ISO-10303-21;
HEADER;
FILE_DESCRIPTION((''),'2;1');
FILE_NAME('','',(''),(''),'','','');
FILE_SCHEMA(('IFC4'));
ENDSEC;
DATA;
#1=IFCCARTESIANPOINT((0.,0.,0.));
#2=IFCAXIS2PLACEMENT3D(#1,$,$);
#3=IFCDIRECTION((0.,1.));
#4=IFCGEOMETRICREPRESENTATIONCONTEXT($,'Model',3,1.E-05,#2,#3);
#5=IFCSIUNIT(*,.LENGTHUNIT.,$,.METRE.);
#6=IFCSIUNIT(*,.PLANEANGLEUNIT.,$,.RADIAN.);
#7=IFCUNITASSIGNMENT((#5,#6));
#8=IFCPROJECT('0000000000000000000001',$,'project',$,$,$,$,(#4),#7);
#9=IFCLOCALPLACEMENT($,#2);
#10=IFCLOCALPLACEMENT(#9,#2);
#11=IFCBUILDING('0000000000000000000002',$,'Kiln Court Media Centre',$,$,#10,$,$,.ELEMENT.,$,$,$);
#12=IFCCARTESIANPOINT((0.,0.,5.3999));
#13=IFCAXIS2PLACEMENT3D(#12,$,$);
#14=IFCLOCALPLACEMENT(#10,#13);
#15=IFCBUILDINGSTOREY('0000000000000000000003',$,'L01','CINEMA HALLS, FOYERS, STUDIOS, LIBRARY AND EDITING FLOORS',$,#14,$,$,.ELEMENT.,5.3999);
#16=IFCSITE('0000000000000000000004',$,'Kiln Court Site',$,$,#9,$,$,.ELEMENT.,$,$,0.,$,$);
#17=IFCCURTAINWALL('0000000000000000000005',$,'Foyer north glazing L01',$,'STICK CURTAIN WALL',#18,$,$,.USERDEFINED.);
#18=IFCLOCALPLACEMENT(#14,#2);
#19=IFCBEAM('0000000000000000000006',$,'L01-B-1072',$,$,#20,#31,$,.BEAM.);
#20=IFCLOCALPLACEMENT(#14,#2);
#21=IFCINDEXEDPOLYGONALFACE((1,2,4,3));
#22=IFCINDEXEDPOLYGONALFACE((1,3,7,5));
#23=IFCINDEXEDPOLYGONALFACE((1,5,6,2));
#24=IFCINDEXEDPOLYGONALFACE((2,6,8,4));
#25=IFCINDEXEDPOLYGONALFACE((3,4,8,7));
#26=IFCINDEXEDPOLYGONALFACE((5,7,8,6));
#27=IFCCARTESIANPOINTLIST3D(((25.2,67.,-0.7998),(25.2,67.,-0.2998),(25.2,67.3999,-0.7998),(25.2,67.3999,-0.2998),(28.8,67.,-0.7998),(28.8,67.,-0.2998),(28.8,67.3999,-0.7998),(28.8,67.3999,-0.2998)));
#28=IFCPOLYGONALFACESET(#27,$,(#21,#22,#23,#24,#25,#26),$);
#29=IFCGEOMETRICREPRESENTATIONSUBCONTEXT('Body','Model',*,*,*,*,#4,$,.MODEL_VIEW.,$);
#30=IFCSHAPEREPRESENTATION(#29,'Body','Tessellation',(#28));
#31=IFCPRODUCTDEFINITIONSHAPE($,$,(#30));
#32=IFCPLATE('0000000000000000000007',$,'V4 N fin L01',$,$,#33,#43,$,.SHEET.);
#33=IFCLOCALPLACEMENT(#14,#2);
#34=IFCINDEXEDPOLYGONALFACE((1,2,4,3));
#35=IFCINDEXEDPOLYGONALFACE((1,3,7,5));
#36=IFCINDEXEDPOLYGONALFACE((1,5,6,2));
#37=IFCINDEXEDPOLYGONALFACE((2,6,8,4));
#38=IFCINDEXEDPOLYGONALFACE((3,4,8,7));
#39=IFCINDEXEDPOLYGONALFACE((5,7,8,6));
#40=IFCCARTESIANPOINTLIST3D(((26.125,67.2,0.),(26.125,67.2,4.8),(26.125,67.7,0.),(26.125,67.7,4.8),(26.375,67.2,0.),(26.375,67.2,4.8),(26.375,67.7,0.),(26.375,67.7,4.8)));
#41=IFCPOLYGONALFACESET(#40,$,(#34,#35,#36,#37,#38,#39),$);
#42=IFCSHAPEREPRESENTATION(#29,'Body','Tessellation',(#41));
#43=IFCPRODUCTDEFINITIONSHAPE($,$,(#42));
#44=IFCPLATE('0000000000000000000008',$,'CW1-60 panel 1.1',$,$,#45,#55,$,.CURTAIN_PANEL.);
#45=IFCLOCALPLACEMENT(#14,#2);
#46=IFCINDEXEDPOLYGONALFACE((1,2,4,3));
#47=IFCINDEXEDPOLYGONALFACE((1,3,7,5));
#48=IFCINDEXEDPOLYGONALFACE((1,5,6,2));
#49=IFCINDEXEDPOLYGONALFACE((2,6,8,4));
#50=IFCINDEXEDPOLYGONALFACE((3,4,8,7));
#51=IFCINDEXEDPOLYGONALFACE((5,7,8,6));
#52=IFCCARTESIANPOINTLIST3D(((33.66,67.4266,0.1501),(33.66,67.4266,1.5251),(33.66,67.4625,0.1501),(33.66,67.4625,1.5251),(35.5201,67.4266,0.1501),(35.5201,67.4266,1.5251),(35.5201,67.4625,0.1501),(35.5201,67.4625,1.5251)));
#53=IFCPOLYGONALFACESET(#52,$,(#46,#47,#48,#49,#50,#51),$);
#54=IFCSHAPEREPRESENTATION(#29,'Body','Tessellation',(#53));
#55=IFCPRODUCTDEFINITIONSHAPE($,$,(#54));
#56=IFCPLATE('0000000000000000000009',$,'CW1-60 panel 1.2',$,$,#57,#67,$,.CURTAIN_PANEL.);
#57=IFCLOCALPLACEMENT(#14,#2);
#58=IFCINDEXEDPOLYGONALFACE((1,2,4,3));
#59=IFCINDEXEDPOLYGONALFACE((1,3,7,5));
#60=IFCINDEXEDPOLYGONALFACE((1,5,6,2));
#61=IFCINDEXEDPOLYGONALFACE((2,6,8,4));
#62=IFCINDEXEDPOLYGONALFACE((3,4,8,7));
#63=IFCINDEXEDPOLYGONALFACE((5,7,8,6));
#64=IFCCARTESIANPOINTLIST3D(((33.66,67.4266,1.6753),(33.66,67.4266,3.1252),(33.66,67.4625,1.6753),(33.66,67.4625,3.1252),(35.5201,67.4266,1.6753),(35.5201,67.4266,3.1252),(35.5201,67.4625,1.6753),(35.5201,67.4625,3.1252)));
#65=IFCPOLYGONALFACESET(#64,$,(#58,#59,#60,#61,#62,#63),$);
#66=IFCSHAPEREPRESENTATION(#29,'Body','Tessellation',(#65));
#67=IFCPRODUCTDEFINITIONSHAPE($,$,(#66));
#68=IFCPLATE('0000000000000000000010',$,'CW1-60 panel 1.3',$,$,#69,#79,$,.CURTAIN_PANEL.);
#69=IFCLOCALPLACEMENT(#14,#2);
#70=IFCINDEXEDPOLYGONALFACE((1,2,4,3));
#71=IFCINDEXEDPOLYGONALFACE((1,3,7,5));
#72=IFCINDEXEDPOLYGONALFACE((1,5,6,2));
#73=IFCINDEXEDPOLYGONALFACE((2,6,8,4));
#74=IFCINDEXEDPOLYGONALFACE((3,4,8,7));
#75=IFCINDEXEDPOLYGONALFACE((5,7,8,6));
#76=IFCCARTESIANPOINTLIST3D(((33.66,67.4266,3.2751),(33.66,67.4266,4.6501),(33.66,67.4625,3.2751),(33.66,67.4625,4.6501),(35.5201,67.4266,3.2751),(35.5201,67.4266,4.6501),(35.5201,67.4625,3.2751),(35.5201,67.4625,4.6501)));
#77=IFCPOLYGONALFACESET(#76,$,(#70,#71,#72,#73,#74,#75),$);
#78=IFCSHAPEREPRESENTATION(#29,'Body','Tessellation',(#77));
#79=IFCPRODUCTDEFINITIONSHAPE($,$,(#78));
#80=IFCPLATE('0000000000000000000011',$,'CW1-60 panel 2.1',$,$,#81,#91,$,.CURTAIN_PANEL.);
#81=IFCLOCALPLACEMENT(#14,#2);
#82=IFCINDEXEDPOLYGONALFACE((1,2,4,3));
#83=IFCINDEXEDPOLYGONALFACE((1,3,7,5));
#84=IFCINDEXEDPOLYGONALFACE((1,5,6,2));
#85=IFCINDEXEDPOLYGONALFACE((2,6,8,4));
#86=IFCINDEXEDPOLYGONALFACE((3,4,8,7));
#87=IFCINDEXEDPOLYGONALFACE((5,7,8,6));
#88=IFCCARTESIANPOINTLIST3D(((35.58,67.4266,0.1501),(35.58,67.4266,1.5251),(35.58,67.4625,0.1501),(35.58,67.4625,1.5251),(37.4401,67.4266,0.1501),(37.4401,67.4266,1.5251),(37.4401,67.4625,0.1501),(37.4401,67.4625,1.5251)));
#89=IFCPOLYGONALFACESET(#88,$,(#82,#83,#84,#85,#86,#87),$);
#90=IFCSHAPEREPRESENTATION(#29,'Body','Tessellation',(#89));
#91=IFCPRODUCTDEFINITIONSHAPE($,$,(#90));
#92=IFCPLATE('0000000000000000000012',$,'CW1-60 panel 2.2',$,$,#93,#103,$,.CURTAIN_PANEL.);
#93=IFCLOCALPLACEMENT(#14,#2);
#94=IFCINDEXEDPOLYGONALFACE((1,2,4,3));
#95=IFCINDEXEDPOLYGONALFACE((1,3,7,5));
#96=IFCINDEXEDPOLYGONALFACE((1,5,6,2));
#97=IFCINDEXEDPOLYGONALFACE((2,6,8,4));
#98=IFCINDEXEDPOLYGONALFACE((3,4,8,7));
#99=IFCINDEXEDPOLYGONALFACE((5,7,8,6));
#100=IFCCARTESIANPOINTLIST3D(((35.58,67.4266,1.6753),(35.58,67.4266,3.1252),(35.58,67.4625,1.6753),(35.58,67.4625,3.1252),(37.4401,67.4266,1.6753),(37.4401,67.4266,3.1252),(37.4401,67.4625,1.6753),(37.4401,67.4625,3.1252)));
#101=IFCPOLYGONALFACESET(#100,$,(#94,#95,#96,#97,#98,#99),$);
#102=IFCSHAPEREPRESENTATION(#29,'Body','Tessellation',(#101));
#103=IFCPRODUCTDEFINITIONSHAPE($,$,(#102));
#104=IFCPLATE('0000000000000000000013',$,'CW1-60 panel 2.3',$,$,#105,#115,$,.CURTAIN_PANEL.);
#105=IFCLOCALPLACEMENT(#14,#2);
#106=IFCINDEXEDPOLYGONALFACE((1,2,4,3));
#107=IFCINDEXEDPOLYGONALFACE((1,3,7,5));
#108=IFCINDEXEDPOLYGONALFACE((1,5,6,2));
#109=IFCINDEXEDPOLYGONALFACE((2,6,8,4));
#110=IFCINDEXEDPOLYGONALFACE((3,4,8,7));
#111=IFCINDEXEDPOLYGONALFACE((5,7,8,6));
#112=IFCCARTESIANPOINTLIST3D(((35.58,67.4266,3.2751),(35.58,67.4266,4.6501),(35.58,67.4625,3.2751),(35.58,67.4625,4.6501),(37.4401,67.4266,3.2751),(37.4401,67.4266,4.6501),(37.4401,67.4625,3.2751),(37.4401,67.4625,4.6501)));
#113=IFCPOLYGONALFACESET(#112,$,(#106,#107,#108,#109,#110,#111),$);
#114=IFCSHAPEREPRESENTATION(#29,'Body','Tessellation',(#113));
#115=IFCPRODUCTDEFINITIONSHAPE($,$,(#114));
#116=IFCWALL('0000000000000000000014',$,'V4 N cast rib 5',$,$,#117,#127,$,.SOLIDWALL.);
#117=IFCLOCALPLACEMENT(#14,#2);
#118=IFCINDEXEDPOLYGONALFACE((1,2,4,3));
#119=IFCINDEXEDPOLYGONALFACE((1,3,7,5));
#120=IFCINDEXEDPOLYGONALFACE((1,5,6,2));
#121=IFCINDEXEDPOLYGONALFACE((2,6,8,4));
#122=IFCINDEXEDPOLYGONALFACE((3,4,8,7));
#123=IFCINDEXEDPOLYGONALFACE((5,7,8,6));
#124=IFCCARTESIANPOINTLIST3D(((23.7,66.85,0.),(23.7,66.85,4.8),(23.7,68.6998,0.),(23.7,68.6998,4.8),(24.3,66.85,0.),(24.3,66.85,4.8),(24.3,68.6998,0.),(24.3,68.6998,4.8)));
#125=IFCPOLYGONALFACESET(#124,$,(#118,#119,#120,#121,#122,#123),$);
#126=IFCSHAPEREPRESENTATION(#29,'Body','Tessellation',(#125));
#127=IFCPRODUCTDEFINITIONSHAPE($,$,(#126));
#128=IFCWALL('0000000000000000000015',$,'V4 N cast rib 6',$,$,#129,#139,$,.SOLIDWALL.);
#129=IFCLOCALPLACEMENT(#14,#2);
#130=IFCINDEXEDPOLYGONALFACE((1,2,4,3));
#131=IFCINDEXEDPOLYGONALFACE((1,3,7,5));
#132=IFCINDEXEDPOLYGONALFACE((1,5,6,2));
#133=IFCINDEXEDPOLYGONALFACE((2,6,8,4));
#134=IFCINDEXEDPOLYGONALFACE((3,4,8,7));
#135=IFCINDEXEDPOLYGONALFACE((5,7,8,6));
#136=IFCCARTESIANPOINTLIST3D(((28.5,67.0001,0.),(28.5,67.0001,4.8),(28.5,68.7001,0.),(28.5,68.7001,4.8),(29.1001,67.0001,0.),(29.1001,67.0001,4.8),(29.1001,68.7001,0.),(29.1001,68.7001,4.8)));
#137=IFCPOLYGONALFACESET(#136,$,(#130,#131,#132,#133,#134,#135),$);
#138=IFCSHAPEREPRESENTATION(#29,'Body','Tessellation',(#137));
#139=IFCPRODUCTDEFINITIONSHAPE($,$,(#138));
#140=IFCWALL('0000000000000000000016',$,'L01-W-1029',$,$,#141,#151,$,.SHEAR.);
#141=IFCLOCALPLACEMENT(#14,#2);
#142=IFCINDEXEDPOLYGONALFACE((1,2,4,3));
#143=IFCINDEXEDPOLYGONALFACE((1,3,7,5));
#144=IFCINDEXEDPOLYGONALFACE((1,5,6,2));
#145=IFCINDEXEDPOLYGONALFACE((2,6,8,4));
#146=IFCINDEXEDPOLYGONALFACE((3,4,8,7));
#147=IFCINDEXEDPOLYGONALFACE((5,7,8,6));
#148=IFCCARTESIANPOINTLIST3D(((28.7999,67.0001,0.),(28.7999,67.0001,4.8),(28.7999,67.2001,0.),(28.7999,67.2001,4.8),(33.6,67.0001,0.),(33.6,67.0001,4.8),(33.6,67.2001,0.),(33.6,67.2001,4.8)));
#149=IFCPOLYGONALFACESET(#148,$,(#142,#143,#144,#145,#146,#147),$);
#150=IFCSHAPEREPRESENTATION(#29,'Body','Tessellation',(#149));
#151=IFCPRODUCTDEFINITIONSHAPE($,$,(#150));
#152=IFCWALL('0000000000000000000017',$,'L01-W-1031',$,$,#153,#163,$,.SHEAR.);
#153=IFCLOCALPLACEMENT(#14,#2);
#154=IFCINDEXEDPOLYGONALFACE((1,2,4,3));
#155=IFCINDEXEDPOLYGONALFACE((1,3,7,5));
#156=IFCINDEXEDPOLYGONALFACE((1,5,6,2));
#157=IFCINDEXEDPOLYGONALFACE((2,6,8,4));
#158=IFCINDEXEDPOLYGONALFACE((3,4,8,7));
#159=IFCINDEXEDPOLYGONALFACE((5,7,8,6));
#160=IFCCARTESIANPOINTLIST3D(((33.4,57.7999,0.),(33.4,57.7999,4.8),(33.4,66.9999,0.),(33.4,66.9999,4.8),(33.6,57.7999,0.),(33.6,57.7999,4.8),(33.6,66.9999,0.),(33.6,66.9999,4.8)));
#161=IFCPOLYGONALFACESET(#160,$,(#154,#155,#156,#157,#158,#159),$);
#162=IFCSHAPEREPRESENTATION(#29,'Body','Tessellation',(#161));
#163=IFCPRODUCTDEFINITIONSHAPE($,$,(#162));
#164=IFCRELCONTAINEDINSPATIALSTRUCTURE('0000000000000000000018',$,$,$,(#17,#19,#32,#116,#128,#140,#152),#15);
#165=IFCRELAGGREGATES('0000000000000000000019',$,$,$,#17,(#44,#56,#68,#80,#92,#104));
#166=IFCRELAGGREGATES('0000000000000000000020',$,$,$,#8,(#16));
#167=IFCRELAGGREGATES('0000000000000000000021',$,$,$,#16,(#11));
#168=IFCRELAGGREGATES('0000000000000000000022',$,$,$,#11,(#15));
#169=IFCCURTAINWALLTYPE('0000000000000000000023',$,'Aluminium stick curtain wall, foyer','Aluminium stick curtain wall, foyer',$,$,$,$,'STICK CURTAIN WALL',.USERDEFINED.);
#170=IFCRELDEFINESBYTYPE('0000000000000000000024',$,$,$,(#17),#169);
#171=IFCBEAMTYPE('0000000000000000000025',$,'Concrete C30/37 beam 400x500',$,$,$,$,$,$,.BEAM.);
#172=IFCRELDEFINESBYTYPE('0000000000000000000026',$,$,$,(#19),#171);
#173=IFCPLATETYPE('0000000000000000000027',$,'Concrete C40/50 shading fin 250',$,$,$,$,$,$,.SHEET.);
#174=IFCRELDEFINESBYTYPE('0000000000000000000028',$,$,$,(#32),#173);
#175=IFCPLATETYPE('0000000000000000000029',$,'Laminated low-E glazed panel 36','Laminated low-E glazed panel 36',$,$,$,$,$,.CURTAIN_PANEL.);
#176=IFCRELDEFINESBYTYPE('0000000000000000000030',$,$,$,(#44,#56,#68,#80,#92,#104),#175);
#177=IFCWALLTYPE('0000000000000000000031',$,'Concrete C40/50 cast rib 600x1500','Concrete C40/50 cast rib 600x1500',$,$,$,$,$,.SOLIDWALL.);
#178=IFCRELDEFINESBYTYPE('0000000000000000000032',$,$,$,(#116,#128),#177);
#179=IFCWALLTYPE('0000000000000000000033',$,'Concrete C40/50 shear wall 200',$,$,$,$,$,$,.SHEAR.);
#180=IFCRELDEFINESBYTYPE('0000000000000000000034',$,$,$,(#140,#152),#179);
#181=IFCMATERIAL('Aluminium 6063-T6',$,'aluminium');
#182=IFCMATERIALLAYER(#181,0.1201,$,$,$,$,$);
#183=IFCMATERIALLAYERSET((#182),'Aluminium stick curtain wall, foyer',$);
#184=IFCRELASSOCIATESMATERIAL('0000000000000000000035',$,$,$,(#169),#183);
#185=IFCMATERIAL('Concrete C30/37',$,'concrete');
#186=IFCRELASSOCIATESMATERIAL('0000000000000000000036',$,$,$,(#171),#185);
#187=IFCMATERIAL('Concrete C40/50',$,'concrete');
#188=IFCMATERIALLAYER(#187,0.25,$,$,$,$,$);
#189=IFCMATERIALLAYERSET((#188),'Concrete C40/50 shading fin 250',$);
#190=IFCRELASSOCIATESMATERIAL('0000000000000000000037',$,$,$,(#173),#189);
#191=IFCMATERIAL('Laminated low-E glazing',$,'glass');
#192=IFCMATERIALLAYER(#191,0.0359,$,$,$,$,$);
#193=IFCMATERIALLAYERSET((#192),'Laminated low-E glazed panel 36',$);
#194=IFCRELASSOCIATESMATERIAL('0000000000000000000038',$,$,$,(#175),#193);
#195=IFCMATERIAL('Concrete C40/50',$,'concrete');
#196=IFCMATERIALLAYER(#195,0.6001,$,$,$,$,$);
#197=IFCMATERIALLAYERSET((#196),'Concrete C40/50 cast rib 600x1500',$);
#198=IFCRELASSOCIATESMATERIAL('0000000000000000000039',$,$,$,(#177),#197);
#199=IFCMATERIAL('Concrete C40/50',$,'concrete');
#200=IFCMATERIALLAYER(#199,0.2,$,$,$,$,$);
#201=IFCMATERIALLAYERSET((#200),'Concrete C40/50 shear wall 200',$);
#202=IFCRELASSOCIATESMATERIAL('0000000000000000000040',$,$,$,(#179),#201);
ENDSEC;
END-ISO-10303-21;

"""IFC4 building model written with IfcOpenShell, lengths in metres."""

from ifc_helpers import new_model, si_unit, direction, frame, frame_2d, origin, origin_2d, place, context, subcontext, project, spatial, rectangle, extrude, material, layer, layer_set, material_profile, profile_set, type_object, element, aggregate, save


model = new_model("IFC4")

# Units and contexts
model_context = context("Model", 3, precision=1e-05, world=origin(), true_north=direction((0.0, 1.0)))
body_context = subcontext(model_context, "Body", "Model", "MODEL_VIEW")
ifc_project = project(units=[si_unit("LENGTHUNIT", "METRE"), si_unit("PLANEANGLEUNIT", "RADIAN")], contexts=[model_context])

# Site, building, storey
site_placement = place(None, origin())
site = spatial("IfcSite", under=ifc_project, at=site_placement, Name="Kiln Court Site", CompositionType="ELEMENT", RefElevation=0.0)
building_placement = place(site_placement, origin())
building = spatial("IfcBuilding", under=site, at=building_placement, Name="Kiln Court Media Centre", CompositionType="ELEMENT")
storey_placement = place(building_placement, frame((0.0, 0.0, 5.3999)))
storey = spatial("IfcBuildingStorey", under=building, at=storey_placement, Name="L01", Description="CINEMA HALLS, FOYERS, STUDIOS, LIBRARY AND EDITING FLOORS", CompositionType="ELEMENT", Elevation=5.3999)

# Curtain wall
ifc_material_1 = material(Name="Aluminium 6063-T6", Category="aluminium")
ifc_layer_1 = layer(ifc_material_1, 0.1201)
ifc_layer_set_1 = layer_set([ifc_layer_1], Name="Aluminium stick curtain wall, foyer")
curtain_wall_type = type_object("IfcCurtainWallType", Name="Aluminium stick curtain wall, foyer", Description="Aluminium stick curtain wall, foyer", ElementType="STICK CURTAIN WALL", PredefinedType="USERDEFINED", material=ifc_layer_set_1)
curtain_wall_placement = place(storey_placement, origin())
curtain_wall = element("IfcCurtainWall", 1, at=curtain_wall_placement, inside=storey, type_object=curtain_wall_type, Name="Foyer north glazing L01", ObjectType="STICK CURTAIN WALL", PredefinedType="USERDEFINED")

# Beam
ifc_material_2 = material(Name="Concrete C30/37", Category="concrete")
ifc_material_profile_1 = material_profile(ifc_material_2, rectangle(XDim=0.3999, YDim=0.5, at=origin_2d()), Name="RC 400x500")
ifc_profile_set_1 = profile_set([ifc_material_profile_1], Name="Concrete C30/37")
beam_type = type_object("IfcBeamType", Name="Concrete C30/37 beam 400x500", PredefinedType="BEAM", material=ifc_profile_set_1)
beam_placement = place(storey_placement, frame((25.2, 67.2, -0.5498), z_axis=(1.0, 0.0, 0.0), x_axis=(0.0, 1.0, 0.0)))
element("IfcBeam", 2, at=beam_placement, inside=storey, type_object=beam_type, Name="L01-B-1072", PredefinedType="BEAM", context=body_context, shape_type="SweptSolid", body=[
    extrude(rectangle(XDim=0.3999, YDim=0.5, at=origin_2d()), origin(), (0.0, 0.0, 1.0), 3.6001),
])

# Plates
ifc_material_3 = material(Name="Concrete C40/50", Category="concrete")
ifc_layer_2 = layer(ifc_material_3, 0.25)
ifc_layer_set_2 = layer_set([ifc_layer_2], Name="Concrete C40/50 shading fin 250")
plate_type_1 = type_object("IfcPlateType", Name="Concrete C40/50 shading fin 250", PredefinedType="SHEET", material=ifc_layer_set_2)
plate_1_placement = place(storey_placement, frame((26.25, 67.45, 0.0), z_axis=(0.0, 0.0, 1.0), x_axis=(1.0, 0.0, 0.0)))
element("IfcPlate", 3, at=plate_1_placement, inside=storey, type_object=plate_type_1, Name="V4 N fin L01", PredefinedType="SHEET", context=body_context, shape_type="SweptSolid", body=[
    extrude(rectangle(XDim=0.25, YDim=0.5, at=origin_2d()), origin(), (0.0, 0.0, 1.0), 4.8),
])
ifc_material_4 = material(Name="Laminated low-E glazing", Category="glass")
ifc_layer_3 = layer(ifc_material_4, 0.0359)
ifc_layer_set_3 = layer_set([ifc_layer_3], Name="Laminated low-E glazed panel 36")
plate_type_2 = type_object("IfcPlateType", Name="Laminated low-E glazed panel 36", Description="Laminated low-E glazed panel 36", PredefinedType="CURTAIN_PANEL", material=ifc_layer_set_3)
plate_2_placement = place(storey_placement, frame((34.5901, 67.4446, 0.1501), z_axis=(0.0, 0.0, 1.0), x_axis=(1.0, 0.0, 0.0)))
plate_2 = element("IfcPlate", 4, at=plate_2_placement, type_object=plate_type_2, Name="CW1-60 panel 1.1", PredefinedType="CURTAIN_PANEL", context=body_context, shape_type="SweptSolid", body=[
    extrude(rectangle(XDim=1.8601, YDim=0.0359, at=origin_2d()), origin(), (0.0, 0.0, 1.0), 1.375),
])
plate_3_placement = place(storey_placement, frame((34.5901, 67.4446, 1.6753), z_axis=(0.0, 0.0, 1.0), x_axis=(1.0, 0.0, 0.0)))
plate_3 = element("IfcPlate", 5, at=plate_3_placement, type_object=plate_type_2, Name="CW1-60 panel 1.2", PredefinedType="CURTAIN_PANEL", context=body_context, shape_type="SweptSolid", body=[
    extrude(rectangle(XDim=1.8601, YDim=0.0359, at=origin_2d()), origin(), (0.0, 0.0, 1.0), 1.45),
])
plate_4_placement = place(storey_placement, frame((34.5901, 67.4446, 3.2751), z_axis=(0.0, 0.0, 1.0), x_axis=(1.0, 0.0, 0.0)))
plate_4 = element("IfcPlate", 6, at=plate_4_placement, type_object=plate_type_2, Name="CW1-60 panel 1.3", PredefinedType="CURTAIN_PANEL", context=body_context, shape_type="SweptSolid", body=[
    extrude(rectangle(XDim=1.8601, YDim=0.0359, at=origin_2d()), origin(), (0.0, 0.0, 1.0), 1.375),
])
plate_5_placement = place(storey_placement, frame((36.51, 67.4446, 0.1501), z_axis=(0.0, 0.0, 1.0), x_axis=(1.0, 0.0, 0.0)))
plate_5 = element("IfcPlate", 7, at=plate_5_placement, type_object=plate_type_2, Name="CW1-60 panel 2.1", PredefinedType="CURTAIN_PANEL", context=body_context, shape_type="SweptSolid", body=[
    extrude(rectangle(XDim=1.8601, YDim=0.0359, at=origin_2d()), origin(), (0.0, 0.0, 1.0), 1.375),
])
plate_6_placement = place(storey_placement, frame((36.51, 67.4446, 1.6753), z_axis=(0.0, 0.0, 1.0), x_axis=(1.0, 0.0, 0.0)))
plate_6 = element("IfcPlate", 8, at=plate_6_placement, type_object=plate_type_2, Name="CW1-60 panel 2.2", PredefinedType="CURTAIN_PANEL", context=body_context, shape_type="SweptSolid", body=[
    extrude(rectangle(XDim=1.8601, YDim=0.0359, at=origin_2d()), origin(), (0.0, 0.0, 1.0), 1.45),
])
plate_7_placement = place(storey_placement, frame((36.51, 67.4446, 3.2751), z_axis=(0.0, 0.0, 1.0), x_axis=(1.0, 0.0, 0.0)))
plate_7 = element("IfcPlate", 9, at=plate_7_placement, type_object=plate_type_2, Name="CW1-60 panel 2.3", PredefinedType="CURTAIN_PANEL", context=body_context, shape_type="SweptSolid", body=[
    extrude(rectangle(XDim=1.8601, YDim=0.0359, at=origin_2d()), origin(), (0.0, 0.0, 1.0), 1.375),
])
aggregate(curtain_wall, [plate_2, plate_3, plate_4, plate_5, plate_6, plate_7])

# Walls
ifc_material_5 = material(Name="Concrete C40/50", Category="concrete")
ifc_layer_4 = layer(ifc_material_5, 0.6001)
ifc_layer_set_4 = layer_set([ifc_layer_4], Name="Concrete C40/50 cast rib 600x1500")
wall_type_1 = type_object("IfcWallType", Name="Concrete C40/50 cast rib 600x1500", Description="Concrete C40/50 cast rib 600x1500", PredefinedType="SOLIDWALL", material=ifc_layer_set_4)
wall_1_placement = place(storey_placement, frame((24.0, 66.8501, 0.0), z_axis=(0.0, 0.0, 1.0), x_axis=(0.0, 1.0, 0.0)))
element("IfcWall", 10, at=wall_1_placement, inside=storey, type_object=wall_type_1, Name="V4 N cast rib 5", PredefinedType="SOLIDWALL", context=body_context, shape_type="SweptSolid", body=[
    extrude(rectangle(XDim=1.8499, YDim=0.6001, at=frame_2d((0.9248, 0.0))), origin(), (0.0, 0.0, 1.0), 4.8),
])
wall_2_placement = place(storey_placement, frame((28.8, 67.0, 0.0), z_axis=(0.0, 0.0, 1.0), x_axis=(0.0, 1.0, 0.0)))
element("IfcWall", 11, at=wall_2_placement, inside=storey, type_object=wall_type_1, Name="V4 N cast rib 6", PredefinedType="SOLIDWALL", context=body_context, shape_type="SweptSolid", body=[
    extrude(rectangle(XDim=1.7, YDim=0.6001, at=frame_2d((0.8501, 0.0))), origin(), (0.0, 0.0, 1.0), 4.8),
])
ifc_material_6 = material(Name="Concrete C40/50", Category="concrete")
ifc_layer_5 = layer(ifc_material_6, 0.2)
ifc_layer_set_5 = layer_set([ifc_layer_5], Name="Concrete C40/50 shear wall 200")
wall_type_2 = type_object("IfcWallType", Name="Concrete C40/50 shear wall 200", PredefinedType="SHEAR", material=ifc_layer_set_5)
wall_3_placement = place(storey_placement, frame((28.8, 67.1001, 0.0), z_axis=(0.0, 0.0, 1.0), x_axis=(1.0, 0.0, 0.0)))
element("IfcWall", 12, at=wall_3_placement, inside=storey, type_object=wall_type_2, Name="L01-W-1029", PredefinedType="SHEAR", context=body_context, shape_type="SweptSolid", body=[
    extrude(rectangle(XDim=4.8, YDim=0.2, at=frame_2d((2.3999, 0.0))), origin(), (0.0, 0.0, 1.0), 4.8),
])
wall_4_placement = place(storey_placement, frame((33.5, 67.0, 0.0), z_axis=(0.0, 0.0, 1.0), x_axis=(0.0, -1.0, 0.0)))
element("IfcWall", 13, at=wall_4_placement, inside=storey, type_object=wall_type_2, Name="L01-W-1031", PredefinedType="SHEAR", context=body_context, shape_type="SweptSolid", body=[
    extrude(rectangle(XDim=9.2, YDim=0.2, at=frame_2d((4.6001, 0.0))), origin(), (0.0, 0.0, 1.0), 4.8),
])

save(model, "model.ifc")
